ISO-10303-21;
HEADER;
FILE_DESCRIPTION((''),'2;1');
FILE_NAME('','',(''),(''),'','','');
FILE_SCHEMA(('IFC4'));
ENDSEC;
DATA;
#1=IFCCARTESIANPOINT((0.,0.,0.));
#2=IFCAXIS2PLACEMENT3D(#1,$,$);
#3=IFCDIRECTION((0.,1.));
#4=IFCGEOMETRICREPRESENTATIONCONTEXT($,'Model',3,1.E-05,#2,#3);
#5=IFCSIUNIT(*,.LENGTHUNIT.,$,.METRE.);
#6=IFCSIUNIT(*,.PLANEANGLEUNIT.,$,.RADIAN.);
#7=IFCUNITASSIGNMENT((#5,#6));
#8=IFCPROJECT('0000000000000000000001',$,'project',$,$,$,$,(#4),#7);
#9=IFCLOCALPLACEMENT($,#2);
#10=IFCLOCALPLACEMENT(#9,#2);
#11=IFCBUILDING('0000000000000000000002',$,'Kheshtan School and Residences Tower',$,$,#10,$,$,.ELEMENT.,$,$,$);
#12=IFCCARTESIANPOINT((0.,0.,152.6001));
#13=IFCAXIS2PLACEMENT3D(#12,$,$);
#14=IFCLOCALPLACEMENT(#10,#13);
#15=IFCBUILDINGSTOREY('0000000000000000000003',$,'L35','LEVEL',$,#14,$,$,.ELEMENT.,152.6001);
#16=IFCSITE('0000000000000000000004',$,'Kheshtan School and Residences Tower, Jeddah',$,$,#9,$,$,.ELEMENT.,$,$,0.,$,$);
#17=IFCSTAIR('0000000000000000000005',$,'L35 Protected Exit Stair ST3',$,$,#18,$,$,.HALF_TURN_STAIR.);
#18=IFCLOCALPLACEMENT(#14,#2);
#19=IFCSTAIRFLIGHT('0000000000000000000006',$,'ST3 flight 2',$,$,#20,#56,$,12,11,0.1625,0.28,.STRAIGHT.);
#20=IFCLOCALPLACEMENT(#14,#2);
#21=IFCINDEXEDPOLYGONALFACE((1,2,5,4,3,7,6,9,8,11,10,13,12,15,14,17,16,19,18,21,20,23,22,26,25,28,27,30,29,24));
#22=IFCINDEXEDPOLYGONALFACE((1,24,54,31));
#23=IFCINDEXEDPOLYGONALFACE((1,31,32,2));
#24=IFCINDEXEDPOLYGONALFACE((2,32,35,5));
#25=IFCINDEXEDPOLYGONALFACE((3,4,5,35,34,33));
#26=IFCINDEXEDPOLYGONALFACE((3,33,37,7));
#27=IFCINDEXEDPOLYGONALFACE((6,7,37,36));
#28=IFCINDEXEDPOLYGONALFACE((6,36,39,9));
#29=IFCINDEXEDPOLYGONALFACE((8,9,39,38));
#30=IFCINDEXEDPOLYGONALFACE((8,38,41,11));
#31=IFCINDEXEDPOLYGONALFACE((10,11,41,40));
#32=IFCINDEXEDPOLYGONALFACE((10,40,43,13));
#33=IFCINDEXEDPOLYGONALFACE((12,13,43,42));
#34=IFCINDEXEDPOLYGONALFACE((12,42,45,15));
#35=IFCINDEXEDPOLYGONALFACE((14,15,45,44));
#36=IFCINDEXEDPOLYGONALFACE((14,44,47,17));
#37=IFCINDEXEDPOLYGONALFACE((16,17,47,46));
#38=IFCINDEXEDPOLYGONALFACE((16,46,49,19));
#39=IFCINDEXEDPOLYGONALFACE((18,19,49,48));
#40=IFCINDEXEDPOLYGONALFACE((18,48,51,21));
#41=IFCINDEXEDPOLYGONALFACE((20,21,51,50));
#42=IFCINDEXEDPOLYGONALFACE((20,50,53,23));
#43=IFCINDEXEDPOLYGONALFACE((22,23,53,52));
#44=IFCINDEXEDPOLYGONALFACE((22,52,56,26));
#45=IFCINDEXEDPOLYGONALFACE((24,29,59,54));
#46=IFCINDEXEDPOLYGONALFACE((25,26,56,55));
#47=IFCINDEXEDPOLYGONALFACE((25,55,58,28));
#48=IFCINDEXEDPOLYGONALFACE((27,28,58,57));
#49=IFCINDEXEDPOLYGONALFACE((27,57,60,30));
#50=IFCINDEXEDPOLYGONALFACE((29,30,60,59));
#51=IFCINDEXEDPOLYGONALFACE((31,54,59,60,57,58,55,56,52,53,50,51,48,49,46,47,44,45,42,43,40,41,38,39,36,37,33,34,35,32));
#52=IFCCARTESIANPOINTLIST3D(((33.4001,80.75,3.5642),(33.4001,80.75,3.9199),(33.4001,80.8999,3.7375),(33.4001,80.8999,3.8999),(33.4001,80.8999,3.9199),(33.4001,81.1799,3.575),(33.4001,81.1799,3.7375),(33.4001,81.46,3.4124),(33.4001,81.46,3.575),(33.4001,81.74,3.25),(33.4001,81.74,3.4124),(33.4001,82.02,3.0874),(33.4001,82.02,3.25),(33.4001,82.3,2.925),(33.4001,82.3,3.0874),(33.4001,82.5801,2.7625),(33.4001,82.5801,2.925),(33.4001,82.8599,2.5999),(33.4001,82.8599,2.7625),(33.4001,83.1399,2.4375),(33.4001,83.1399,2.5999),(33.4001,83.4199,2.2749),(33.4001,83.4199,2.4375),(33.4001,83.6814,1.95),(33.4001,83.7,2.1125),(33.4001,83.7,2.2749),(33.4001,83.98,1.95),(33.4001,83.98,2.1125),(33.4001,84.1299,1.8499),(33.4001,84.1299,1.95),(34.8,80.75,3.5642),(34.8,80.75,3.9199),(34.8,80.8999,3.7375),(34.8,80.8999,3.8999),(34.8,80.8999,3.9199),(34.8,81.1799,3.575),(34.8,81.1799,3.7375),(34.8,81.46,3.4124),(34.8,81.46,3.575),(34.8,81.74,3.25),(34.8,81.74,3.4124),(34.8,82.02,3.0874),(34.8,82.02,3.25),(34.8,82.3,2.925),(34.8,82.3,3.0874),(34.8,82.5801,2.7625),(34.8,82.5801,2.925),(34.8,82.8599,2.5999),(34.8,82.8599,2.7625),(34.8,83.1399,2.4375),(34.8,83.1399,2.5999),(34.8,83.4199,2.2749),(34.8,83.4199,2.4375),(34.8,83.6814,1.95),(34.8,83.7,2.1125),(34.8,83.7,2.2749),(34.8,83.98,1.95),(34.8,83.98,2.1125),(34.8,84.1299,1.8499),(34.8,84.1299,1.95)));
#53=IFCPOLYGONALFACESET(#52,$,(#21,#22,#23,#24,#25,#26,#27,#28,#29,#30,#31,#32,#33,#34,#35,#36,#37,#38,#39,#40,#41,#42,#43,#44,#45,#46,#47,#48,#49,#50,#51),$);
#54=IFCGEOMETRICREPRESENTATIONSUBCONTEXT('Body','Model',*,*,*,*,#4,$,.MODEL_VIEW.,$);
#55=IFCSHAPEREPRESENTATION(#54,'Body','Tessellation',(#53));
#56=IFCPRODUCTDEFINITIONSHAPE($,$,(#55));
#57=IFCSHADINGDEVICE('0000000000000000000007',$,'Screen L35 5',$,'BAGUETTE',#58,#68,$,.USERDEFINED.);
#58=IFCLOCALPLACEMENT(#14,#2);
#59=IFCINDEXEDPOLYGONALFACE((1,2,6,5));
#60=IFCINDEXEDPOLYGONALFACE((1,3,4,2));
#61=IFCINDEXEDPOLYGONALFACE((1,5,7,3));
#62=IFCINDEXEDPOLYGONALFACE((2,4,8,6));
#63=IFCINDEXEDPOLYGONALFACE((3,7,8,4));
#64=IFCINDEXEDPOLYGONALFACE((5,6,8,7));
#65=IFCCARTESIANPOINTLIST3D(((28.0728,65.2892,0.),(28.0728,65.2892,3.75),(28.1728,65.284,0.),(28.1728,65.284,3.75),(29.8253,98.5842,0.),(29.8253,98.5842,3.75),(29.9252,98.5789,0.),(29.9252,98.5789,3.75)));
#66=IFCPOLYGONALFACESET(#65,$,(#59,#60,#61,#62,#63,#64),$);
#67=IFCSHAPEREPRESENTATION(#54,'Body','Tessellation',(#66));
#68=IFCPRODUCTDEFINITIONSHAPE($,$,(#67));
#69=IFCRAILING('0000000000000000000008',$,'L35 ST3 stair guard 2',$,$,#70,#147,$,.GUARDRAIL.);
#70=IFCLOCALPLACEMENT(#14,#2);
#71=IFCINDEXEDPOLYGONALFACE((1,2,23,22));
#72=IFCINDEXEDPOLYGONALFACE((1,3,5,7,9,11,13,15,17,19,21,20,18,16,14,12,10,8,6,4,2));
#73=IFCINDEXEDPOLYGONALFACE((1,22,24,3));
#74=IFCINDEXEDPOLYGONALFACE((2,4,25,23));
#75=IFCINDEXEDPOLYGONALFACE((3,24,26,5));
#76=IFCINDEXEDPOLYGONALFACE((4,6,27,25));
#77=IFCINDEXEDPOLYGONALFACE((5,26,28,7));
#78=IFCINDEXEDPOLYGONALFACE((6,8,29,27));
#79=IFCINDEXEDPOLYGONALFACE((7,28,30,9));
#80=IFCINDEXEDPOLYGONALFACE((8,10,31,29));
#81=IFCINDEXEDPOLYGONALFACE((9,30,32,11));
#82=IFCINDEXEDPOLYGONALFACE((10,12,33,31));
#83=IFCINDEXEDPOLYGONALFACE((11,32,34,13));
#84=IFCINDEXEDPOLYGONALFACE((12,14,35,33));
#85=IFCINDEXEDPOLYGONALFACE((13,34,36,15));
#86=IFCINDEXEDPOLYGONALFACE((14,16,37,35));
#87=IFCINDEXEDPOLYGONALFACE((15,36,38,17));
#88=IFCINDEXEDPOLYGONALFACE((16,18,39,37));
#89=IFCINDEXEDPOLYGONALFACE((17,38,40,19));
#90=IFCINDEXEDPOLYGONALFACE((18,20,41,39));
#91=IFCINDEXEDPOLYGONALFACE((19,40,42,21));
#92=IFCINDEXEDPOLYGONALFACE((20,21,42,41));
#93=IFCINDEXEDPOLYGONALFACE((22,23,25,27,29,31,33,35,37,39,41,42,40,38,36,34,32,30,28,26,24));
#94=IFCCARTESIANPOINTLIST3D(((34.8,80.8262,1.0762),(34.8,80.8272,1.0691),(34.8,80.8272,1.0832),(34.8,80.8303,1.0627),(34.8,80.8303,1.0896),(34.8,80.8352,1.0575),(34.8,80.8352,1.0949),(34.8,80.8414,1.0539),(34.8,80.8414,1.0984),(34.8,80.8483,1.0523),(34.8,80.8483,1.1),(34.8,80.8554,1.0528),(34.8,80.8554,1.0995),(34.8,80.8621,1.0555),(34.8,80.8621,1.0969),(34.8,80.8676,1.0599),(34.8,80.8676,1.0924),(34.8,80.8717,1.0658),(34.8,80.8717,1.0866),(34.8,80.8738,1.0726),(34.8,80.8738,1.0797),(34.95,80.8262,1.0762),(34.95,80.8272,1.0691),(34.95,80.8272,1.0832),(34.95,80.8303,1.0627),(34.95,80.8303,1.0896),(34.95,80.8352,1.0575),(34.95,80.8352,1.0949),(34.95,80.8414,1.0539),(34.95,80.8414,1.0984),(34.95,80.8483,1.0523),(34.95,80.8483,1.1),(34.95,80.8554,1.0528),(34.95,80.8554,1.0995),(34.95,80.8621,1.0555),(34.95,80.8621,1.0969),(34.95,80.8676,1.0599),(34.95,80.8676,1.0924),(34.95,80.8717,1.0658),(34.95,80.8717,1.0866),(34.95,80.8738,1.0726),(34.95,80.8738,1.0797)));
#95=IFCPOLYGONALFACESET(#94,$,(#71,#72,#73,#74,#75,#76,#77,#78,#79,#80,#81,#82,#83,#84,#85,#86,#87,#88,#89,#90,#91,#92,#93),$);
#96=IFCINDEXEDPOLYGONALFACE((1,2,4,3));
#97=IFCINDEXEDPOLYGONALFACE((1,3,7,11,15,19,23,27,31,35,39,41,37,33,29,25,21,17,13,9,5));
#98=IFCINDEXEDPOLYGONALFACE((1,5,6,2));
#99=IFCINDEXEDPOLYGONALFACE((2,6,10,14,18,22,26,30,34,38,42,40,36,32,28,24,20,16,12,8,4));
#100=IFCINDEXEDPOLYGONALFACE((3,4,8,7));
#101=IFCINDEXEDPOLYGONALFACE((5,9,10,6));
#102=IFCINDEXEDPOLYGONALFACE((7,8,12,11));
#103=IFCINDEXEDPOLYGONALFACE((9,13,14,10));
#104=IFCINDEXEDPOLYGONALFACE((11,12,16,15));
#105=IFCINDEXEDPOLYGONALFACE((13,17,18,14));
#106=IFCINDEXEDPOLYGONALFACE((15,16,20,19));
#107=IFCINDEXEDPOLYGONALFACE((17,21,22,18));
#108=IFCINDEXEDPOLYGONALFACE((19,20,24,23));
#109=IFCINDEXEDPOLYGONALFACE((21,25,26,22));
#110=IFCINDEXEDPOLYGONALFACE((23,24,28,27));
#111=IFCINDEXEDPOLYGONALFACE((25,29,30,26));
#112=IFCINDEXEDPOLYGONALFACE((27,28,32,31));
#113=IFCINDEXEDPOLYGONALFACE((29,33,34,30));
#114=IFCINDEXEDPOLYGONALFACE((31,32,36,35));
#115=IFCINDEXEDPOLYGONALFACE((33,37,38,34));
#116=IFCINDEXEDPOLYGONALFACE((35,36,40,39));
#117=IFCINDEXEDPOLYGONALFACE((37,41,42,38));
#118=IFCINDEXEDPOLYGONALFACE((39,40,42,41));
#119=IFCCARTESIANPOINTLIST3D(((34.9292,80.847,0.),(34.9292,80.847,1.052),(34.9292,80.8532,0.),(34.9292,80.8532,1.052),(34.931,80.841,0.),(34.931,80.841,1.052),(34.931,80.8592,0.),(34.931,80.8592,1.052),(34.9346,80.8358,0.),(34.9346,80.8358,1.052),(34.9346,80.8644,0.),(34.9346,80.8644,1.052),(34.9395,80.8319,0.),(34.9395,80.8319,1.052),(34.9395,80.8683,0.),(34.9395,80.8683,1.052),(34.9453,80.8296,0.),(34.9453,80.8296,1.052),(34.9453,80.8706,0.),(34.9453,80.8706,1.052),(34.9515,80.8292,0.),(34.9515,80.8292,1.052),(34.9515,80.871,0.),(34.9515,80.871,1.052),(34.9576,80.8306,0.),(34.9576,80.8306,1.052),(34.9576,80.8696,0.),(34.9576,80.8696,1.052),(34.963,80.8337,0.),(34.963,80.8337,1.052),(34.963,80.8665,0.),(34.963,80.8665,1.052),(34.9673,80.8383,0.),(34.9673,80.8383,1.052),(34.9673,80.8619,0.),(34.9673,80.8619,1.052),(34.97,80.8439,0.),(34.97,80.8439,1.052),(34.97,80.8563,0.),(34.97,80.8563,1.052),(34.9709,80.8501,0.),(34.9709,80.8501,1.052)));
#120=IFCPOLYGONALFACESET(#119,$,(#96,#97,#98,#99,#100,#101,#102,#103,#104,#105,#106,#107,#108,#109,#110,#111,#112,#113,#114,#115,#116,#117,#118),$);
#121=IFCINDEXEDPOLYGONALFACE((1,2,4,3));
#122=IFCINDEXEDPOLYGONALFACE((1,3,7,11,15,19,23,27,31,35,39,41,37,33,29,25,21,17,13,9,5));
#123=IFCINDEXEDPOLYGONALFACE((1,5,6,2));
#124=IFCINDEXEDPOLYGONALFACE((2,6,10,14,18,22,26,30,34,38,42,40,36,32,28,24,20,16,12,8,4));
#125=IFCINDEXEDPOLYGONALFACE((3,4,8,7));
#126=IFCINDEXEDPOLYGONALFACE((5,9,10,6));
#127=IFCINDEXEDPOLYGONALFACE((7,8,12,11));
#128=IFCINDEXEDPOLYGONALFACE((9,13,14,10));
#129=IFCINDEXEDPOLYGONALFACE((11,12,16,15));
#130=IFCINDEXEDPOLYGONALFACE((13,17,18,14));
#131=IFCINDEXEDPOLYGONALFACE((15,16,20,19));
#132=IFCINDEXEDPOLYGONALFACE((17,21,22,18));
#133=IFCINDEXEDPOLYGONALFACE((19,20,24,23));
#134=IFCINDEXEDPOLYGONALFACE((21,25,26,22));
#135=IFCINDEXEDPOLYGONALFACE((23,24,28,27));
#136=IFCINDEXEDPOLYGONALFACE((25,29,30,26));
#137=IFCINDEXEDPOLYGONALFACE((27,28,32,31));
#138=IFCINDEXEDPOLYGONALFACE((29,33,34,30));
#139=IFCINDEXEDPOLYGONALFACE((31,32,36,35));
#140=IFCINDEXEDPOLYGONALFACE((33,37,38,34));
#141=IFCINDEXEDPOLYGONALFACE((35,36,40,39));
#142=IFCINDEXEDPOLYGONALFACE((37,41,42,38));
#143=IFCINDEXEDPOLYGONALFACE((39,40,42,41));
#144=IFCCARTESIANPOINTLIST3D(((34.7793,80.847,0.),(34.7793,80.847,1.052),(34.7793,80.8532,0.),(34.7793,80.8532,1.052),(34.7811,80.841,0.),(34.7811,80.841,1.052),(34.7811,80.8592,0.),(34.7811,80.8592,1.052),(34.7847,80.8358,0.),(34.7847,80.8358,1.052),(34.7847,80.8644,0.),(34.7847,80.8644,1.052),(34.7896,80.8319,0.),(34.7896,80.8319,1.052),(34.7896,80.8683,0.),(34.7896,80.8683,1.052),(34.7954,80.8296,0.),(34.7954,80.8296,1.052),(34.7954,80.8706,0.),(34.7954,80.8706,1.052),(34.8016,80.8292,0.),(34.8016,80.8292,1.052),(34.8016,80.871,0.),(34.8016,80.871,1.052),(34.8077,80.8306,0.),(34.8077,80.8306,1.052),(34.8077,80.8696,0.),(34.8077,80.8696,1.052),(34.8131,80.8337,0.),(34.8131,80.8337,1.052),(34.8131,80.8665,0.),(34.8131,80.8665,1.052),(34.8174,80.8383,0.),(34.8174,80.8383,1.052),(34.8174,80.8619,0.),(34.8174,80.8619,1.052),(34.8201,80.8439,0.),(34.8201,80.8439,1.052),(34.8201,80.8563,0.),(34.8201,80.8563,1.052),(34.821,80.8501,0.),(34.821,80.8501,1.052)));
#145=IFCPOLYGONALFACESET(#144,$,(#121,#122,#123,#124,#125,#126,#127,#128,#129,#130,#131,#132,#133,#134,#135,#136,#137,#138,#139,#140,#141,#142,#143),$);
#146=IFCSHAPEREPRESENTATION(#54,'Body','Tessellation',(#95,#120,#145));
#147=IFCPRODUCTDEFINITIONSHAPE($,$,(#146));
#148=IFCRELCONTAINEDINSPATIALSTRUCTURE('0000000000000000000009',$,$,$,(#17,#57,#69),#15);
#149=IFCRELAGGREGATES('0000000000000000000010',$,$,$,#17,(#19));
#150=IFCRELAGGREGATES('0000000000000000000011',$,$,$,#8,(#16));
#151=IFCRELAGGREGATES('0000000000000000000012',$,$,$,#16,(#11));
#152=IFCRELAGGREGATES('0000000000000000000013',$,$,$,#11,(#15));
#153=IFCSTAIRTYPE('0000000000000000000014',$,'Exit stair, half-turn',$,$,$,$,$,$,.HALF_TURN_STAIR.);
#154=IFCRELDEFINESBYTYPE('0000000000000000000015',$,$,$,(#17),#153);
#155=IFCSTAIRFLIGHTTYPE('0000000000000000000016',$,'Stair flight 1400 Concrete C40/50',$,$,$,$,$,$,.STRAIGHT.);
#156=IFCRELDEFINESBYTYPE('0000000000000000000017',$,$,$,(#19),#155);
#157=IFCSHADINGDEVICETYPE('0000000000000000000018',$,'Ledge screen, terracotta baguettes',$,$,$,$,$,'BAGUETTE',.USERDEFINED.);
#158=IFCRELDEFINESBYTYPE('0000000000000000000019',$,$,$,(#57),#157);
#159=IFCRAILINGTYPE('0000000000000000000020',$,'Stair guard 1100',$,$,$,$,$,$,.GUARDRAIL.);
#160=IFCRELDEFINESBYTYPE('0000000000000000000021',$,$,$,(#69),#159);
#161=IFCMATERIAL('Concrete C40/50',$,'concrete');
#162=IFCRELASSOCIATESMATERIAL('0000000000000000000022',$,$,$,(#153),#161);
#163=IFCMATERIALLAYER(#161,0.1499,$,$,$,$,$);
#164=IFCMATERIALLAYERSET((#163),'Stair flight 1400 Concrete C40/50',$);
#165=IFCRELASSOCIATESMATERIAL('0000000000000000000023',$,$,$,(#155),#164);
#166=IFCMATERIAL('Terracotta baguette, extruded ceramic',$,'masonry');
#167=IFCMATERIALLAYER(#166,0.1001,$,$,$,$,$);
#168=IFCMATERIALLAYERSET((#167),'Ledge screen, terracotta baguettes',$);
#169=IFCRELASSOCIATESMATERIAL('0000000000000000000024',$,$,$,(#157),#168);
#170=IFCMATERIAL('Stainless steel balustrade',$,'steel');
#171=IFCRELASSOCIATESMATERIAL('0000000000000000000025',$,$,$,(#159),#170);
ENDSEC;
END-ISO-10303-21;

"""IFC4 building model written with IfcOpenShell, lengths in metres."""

from ifc_helpers import new_model, si_unit, direction, frame, origin, origin_2d, place, context, subcontext, project, spatial, polyline, rectangle, circle, outline, extrude, material, layer, layer_set, type_object, element, aggregate, save


model = new_model("IFC4")

# Units and contexts
model_context = context("Model", 3, precision=1e-05, world=origin(), true_north=direction((0.0, 1.0)))
body_context = subcontext(model_context, "Body", "Model", "MODEL_VIEW")
ifc_project = project(units=[si_unit("LENGTHUNIT", "METRE"), si_unit("PLANEANGLEUNIT", "RADIAN")], contexts=[model_context])

# Site, building, storey
site_placement = place(None, origin())
site = spatial("IfcSite", under=ifc_project, at=site_placement, Name="Kheshtan School and Residences Tower, Jeddah", CompositionType="ELEMENT", RefElevation=0.0)
building_placement = place(site_placement, origin())
building = spatial("IfcBuilding", under=site, at=building_placement, Name="Kheshtan School and Residences Tower", CompositionType="ELEMENT")
storey_placement = place(building_placement, frame((0.0, 0.0, 152.6001)))
storey = spatial("IfcBuildingStorey", under=building, at=storey_placement, Name="L35", Description="LEVEL", CompositionType="ELEMENT", Elevation=152.6001)

# Shared definitions
ifc_material_1 = material(Name="Concrete C40/50", Category="concrete")

# Stair, stair flight
stair_type = type_object("IfcStairType", Name="Exit stair, half-turn", PredefinedType="HALF_TURN_STAIR", material=ifc_material_1)
stair_placement = place(storey_placement, origin())
stair = element("IfcStair", 1, at=stair_placement, inside=storey, type_object=stair_type, Name="L35 Protected Exit Stair ST3", PredefinedType="HALF_TURN_STAIR")
ifc_layer_1 = layer(ifc_material_1, 0.1499)
ifc_layer_set_1 = layer_set([ifc_layer_1], Name="Stair flight 1400 Concrete C40/50")
stair_flight_type = type_object("IfcStairFlightType", Name="Stair flight 1400 Concrete C40/50", PredefinedType="STRAIGHT", material=ifc_layer_set_1)
stair_flight_1_placement = place(storey_placement, frame((34.1001, 83.98, 1.95), z_axis=(0.0, 0.0, 1.0), x_axis=(0.0, -1.0, 0.0)))
stair_flight_1 = element("IfcStairFlight", 2, at=stair_flight_1_placement, type_object=stair_flight_type, Name="ST3 flight 2", NumberOfRisers=12, NumberOfTreads=11, PredefinedType="STRAIGHT", RiserHeight=0.1625, TreadLength=0.28, context=body_context, shape_type="SweptSolid", body=[
    extrude(outline(polyline([(-0.1499, -0.1001), (-0.1499, 0.0), (0.0, 0.0), (0.0, 0.1626), (0.28, 0.1626), (0.28, 0.325), (0.5601, 0.325), (0.5601, 0.4875), (0.8401, 0.4875), (0.8401, 0.6499), (1.1201, 0.6499), (1.1201, 0.8125), (1.3999, 0.8125), (1.3999, 0.9751), (1.6799, 0.9751), (1.6799, 1.1375), (1.96, 1.1375), (1.96, 1.3), (2.24, 1.3), (2.24, 1.4624), (2.52, 1.4624), (2.52, 1.625), (2.8, 1.625), (2.8, 1.7876), (3.0801, 1.7876), (3.0801, 1.95), (3.0801, 1.97), (3.23, 1.97), (3.23, 1.6143), (0.2986, 0.0), (-0.1499, -0.1001)])), frame((0.0, 0.7, 0.0), z_axis=(0.0, -1.0, 0.0), x_axis=(1.0, 0.0, 0.0)), (0.0, 0.0, 1.0), 1.3999),
])
aggregate(stair, [stair_flight_1])

# Shading device
ifc_material_2 = material(Name="Terracotta baguette, extruded ceramic", Category="masonry")
ifc_layer_2 = layer(ifc_material_2, 0.1001)
ifc_layer_set_2 = layer_set([ifc_layer_2], Name="Ledge screen, terracotta baguettes")
shading_device_type = type_object("IfcShadingDeviceType", Name="Ledge screen, terracotta baguettes", ElementType="BAGUETTE", PredefinedType="USERDEFINED", material=ifc_layer_set_2)
shading_device_placement = place(storey_placement, frame((28.999, 81.9341, 0.0), z_axis=(0.0, 0.0, 1.0), x_axis=(0.052563, 0.998618, 0.0)))
element("IfcShadingDevice", 3, at=shading_device_placement, inside=storey, type_object=shading_device_type, Name="Screen L35 5", ObjectType="BAGUETTE", PredefinedType="USERDEFINED", context=body_context, shape_type="SweptSolid", body=[
    extrude(rectangle(XDim=33.3411, YDim=0.1001, at=origin_2d()), origin(), (0.0, 0.0, 1.0), 3.75),
])

# Railing
ifc_material_3 = material(Name="Stainless steel balustrade", Category="steel")
railing_type_1 = type_object("IfcRailingType", Name="Stair guard 1100", PredefinedType="GUARDRAIL", material=ifc_material_3)
railing_1_placement = place(storey_placement, frame((34.95, 80.8501, 0.0)))
element("IfcRailing", 4, at=railing_1_placement, inside=storey, type_object=railing_type_1, Name="L35 ST3 stair guard 2", PredefinedType="GUARDRAIL", context=body_context, shape_type="SweptSolid", body=[
    extrude(circle(Radius=0.0239, at=origin_2d()), frame((0.0, 0.0, 1.0762), z_axis=(-1.0, 0.0, 0.0), x_axis=(0.0, -1.0, 0.0)), (0.0, 0.0, 1.0), 0.1499),
    extrude(circle(Radius=0.021, at=origin_2d()), origin(), (0.0, 0.0, 1.0), 1.052),
    extrude(circle(Radius=0.021, at=origin_2d()), frame((-0.1499, 0.0, 0.0)), (0.0, 0.0, 1.0), 1.052),
])

save(model, "model.ifc")
